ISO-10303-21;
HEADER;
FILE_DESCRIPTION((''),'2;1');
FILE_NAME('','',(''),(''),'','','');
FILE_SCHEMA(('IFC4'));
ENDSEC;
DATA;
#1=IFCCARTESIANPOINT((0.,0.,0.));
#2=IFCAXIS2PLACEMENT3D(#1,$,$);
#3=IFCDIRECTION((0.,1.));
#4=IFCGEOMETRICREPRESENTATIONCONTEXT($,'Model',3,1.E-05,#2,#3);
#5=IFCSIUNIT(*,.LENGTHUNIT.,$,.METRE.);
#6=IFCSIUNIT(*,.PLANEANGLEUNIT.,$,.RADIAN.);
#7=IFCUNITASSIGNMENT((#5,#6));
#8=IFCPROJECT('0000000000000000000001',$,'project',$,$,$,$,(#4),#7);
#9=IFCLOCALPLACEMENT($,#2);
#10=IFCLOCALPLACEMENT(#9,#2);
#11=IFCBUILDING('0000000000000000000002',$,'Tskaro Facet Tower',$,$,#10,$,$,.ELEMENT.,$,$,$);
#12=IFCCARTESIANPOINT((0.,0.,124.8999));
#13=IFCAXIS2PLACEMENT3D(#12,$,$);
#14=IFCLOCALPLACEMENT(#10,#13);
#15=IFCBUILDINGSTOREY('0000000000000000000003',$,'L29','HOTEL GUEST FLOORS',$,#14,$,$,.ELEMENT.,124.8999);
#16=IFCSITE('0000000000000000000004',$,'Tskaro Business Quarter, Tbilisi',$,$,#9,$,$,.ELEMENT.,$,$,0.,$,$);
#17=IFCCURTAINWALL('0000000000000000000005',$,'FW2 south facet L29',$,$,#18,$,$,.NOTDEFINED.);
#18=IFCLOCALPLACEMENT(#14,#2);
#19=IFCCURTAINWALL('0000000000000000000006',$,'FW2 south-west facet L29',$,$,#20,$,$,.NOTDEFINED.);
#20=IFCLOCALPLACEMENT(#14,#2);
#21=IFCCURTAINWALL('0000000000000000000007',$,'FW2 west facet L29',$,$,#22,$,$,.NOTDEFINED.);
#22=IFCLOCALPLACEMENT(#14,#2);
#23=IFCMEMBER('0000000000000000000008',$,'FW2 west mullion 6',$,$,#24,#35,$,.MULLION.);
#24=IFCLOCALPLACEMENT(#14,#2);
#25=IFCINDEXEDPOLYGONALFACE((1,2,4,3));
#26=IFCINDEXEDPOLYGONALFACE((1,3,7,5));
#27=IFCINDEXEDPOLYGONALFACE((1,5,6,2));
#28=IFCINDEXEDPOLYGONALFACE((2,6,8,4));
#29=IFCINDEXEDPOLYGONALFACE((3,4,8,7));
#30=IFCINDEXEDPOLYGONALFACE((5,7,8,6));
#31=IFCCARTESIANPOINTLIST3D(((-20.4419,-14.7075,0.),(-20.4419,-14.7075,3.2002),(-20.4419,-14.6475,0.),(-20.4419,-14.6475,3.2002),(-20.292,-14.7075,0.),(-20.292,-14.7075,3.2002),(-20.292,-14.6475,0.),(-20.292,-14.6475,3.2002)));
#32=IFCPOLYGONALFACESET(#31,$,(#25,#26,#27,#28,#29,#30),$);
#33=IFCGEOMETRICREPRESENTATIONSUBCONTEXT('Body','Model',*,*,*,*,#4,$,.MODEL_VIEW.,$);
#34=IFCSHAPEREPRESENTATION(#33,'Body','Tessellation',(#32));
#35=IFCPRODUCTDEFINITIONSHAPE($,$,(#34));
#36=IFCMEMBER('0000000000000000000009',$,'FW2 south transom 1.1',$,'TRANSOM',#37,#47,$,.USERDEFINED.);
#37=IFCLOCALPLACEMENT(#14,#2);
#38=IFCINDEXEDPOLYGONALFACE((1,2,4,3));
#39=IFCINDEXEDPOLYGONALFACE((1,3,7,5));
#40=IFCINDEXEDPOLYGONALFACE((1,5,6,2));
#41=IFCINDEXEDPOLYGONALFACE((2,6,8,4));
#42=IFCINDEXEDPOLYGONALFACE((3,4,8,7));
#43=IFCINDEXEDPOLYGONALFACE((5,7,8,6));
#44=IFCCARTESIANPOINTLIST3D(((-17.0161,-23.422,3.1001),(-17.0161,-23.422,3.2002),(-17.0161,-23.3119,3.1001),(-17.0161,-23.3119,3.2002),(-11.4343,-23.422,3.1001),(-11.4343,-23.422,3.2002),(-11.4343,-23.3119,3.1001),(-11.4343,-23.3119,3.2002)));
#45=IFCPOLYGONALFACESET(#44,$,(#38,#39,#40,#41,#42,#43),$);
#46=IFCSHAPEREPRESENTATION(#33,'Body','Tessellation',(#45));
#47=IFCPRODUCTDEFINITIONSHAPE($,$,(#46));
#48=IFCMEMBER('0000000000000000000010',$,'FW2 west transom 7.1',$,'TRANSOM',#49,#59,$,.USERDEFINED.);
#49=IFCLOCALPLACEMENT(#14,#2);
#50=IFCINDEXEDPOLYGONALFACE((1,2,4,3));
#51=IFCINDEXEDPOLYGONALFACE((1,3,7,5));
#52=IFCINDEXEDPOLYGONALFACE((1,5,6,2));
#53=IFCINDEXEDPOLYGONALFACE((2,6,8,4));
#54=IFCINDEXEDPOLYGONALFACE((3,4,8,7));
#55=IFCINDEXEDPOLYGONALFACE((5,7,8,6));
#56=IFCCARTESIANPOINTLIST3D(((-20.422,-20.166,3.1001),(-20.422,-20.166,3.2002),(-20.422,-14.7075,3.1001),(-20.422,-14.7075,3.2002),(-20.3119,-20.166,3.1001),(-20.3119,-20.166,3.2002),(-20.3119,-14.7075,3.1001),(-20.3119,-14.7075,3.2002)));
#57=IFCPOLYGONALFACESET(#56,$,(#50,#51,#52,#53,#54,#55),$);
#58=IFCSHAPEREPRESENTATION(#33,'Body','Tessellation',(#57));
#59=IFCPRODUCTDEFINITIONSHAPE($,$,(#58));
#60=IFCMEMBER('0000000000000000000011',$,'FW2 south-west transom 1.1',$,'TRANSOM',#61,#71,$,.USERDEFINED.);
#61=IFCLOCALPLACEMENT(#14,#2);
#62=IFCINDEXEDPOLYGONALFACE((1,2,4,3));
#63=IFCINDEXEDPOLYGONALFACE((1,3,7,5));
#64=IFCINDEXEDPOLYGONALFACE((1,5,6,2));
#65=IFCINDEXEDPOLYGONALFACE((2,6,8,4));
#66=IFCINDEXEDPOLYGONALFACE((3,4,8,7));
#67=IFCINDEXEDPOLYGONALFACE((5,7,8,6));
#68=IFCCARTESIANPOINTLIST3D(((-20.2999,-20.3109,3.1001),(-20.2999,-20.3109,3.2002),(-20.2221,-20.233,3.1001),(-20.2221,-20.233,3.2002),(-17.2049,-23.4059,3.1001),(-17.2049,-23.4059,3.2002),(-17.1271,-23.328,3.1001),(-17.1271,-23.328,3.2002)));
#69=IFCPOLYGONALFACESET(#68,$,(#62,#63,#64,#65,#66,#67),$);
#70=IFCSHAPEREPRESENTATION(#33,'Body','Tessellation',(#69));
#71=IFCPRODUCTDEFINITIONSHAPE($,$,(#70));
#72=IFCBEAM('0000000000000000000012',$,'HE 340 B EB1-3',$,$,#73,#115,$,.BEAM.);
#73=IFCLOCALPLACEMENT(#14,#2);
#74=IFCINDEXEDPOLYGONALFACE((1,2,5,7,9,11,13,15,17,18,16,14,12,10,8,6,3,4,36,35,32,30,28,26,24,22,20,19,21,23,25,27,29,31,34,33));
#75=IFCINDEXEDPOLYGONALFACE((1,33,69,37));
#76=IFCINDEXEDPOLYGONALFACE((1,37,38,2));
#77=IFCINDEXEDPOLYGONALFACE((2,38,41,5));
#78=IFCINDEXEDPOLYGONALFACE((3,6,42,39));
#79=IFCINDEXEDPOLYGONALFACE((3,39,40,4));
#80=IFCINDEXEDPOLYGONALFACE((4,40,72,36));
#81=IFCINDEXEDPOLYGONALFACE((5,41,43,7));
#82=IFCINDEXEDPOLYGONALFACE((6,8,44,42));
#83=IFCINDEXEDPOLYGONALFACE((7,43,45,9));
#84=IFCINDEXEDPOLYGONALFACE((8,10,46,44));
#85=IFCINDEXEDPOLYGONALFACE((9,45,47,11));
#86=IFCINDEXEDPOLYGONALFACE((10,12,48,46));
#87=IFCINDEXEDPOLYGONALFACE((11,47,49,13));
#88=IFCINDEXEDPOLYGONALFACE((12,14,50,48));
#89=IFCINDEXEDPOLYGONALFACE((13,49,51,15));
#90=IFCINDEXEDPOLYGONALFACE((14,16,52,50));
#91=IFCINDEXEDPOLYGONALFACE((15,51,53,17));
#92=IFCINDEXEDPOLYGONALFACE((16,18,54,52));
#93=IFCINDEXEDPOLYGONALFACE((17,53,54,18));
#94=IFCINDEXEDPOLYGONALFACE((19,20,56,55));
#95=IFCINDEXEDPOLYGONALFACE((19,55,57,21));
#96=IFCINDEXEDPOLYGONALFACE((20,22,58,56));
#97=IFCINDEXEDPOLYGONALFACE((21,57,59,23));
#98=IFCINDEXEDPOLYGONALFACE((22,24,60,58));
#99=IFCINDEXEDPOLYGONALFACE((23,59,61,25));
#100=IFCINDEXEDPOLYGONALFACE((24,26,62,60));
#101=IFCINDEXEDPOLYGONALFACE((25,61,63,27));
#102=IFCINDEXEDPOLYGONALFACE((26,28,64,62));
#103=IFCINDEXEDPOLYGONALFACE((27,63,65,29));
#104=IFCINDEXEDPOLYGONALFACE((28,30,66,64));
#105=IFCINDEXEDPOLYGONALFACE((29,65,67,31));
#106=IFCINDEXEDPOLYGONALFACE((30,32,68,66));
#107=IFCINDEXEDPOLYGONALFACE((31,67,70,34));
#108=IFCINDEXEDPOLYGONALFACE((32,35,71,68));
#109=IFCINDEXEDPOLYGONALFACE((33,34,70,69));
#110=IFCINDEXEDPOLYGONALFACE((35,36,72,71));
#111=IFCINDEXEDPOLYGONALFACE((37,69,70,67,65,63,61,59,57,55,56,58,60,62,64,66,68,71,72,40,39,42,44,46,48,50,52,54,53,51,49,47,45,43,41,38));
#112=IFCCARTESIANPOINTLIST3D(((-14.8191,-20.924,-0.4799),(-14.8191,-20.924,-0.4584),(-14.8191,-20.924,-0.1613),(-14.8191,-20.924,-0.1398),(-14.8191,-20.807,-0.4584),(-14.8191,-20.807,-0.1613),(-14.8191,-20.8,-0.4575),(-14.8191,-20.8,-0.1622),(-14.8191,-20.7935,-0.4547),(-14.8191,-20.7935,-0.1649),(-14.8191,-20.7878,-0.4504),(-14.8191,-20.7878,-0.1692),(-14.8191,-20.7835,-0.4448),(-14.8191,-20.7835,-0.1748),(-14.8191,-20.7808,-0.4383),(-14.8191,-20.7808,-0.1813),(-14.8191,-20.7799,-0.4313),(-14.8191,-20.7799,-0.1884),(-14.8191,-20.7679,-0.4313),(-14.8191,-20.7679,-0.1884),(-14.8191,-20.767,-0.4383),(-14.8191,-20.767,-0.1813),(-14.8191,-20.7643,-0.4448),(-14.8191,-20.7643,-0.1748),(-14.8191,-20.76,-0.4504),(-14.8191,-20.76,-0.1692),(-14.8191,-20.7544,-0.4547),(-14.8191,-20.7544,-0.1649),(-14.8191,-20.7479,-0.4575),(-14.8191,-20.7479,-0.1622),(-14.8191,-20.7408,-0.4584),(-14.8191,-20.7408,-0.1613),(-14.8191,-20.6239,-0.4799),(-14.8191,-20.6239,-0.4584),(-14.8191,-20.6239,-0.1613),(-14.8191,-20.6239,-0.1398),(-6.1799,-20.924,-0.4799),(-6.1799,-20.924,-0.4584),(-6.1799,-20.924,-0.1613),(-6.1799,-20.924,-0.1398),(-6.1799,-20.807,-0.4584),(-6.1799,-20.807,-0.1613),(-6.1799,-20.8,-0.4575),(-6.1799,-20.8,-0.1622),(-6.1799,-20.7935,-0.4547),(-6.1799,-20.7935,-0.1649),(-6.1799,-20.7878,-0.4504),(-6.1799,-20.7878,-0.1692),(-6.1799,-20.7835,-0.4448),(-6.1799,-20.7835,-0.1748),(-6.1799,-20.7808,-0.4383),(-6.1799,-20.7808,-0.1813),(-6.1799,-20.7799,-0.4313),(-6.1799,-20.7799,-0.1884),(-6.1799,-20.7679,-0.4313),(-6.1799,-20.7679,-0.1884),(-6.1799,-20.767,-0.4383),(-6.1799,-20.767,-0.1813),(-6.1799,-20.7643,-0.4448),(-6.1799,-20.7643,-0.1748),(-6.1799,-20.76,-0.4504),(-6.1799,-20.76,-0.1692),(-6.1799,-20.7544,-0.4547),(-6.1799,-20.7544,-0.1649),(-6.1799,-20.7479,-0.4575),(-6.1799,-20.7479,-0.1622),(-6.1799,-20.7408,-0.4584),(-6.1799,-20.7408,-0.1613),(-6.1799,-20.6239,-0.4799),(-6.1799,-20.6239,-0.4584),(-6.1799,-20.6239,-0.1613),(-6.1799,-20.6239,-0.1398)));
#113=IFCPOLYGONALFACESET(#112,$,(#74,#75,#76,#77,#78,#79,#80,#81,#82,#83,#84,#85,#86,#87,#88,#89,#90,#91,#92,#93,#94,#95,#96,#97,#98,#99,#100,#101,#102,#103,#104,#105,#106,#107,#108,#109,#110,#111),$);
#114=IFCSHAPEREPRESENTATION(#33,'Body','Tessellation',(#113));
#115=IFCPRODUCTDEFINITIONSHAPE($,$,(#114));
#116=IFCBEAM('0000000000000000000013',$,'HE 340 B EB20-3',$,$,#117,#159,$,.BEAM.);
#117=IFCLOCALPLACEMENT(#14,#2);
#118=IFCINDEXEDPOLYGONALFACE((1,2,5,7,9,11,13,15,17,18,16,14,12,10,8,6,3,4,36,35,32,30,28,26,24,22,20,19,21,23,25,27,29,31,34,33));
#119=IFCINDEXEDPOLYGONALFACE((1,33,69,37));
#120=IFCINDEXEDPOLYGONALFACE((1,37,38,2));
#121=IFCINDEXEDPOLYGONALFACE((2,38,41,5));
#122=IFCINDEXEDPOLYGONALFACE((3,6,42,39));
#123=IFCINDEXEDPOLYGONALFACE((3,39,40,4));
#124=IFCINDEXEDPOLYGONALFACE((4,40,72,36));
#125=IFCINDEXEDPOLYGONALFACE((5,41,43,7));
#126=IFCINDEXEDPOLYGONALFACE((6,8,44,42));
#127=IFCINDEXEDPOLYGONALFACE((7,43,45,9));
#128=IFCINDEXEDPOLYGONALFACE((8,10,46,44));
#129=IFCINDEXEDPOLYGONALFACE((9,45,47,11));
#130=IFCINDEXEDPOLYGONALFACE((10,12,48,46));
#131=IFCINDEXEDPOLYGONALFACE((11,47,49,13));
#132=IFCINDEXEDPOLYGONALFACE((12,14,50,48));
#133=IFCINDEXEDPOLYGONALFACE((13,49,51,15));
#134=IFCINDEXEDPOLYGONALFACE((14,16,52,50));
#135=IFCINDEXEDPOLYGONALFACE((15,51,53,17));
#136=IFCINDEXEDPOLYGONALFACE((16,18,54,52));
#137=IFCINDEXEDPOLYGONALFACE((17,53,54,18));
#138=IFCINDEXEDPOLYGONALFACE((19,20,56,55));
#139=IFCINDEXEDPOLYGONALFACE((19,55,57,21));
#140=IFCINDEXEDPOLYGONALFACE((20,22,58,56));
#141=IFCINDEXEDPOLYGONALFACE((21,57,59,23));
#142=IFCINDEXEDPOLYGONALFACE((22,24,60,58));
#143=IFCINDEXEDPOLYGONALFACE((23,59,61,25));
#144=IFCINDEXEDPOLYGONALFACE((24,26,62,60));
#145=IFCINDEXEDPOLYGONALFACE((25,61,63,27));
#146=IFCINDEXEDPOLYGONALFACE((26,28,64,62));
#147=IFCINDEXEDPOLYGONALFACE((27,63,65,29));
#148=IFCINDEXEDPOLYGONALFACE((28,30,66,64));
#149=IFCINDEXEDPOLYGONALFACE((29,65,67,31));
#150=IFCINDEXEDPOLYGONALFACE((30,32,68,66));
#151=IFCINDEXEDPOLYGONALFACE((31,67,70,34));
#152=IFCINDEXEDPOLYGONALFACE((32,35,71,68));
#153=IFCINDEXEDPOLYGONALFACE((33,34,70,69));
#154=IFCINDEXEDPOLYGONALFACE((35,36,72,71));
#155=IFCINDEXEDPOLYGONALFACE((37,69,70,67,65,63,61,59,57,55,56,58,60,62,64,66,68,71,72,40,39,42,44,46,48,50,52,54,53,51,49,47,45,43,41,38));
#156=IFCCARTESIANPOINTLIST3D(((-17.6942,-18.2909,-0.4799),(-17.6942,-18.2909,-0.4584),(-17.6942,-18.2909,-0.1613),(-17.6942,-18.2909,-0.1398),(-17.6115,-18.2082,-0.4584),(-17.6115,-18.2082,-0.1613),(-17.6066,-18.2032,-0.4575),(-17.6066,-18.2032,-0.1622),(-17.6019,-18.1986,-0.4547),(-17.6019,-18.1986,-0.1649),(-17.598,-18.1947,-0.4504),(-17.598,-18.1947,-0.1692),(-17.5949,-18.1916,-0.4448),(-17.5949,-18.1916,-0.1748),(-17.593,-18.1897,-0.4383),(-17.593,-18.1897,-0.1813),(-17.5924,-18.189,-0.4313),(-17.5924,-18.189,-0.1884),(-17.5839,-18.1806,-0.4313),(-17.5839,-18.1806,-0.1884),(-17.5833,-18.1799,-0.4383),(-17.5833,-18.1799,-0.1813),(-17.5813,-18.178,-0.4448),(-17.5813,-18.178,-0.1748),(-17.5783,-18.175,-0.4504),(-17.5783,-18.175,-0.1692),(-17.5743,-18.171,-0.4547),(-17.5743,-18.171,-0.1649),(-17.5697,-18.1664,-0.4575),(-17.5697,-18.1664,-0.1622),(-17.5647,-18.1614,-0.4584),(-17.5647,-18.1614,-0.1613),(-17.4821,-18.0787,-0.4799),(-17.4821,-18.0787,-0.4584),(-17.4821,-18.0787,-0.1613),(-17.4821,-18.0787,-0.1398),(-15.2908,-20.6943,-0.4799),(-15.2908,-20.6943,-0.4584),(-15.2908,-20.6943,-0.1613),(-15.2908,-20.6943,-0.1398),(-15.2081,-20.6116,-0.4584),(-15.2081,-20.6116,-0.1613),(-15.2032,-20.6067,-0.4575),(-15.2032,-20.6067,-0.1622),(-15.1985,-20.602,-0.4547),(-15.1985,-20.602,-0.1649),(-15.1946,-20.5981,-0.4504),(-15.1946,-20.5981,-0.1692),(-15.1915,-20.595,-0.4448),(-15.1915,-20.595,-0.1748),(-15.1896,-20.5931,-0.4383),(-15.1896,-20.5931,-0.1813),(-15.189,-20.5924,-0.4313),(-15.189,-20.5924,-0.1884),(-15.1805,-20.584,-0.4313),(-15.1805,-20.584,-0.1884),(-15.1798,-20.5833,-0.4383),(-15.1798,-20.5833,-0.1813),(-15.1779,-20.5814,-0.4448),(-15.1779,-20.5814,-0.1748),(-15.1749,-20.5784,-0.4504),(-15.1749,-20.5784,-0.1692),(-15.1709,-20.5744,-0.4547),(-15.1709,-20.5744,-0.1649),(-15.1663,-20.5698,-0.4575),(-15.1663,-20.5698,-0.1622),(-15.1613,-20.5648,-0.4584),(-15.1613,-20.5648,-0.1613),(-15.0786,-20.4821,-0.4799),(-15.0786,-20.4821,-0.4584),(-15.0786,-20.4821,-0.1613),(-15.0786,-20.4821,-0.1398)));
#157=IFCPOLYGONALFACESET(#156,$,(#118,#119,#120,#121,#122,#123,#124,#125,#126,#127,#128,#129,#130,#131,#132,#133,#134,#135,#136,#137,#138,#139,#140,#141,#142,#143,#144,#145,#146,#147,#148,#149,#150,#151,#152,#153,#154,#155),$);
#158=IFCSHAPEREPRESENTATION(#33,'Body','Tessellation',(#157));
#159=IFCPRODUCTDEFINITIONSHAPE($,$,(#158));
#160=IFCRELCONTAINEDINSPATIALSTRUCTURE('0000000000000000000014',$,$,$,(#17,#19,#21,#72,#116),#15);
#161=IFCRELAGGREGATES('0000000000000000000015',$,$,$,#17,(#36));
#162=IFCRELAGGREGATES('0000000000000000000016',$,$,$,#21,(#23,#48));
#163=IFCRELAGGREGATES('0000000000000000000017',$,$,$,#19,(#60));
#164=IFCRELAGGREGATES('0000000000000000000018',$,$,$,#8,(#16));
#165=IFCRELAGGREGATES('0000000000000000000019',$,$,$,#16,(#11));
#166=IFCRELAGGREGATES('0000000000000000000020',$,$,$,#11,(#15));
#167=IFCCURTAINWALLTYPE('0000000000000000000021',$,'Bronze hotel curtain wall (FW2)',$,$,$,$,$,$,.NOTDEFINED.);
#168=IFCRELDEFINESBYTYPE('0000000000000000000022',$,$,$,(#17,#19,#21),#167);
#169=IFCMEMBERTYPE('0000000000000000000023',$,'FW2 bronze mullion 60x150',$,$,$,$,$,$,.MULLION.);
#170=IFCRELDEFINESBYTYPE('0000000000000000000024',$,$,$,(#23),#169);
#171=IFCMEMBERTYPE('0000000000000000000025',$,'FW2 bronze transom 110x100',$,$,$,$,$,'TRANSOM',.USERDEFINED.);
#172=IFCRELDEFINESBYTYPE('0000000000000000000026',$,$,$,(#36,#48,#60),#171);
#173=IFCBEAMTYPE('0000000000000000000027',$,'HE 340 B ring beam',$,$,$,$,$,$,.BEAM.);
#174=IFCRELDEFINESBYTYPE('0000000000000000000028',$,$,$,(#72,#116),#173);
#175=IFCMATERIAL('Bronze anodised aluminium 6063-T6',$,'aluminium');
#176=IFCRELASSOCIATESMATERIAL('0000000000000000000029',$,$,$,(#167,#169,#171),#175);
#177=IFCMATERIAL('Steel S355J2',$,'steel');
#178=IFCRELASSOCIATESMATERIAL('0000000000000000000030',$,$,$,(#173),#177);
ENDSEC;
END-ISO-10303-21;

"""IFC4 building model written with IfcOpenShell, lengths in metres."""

from ifc_helpers import new_model, si_unit, direction, frame, origin, origin_2d, place, context, subcontext, project, spatial, rectangle, i_section, extrude, material, material_profile, profile_set, type_object, element, aggregate, save


model = new_model("IFC4")

# Units and contexts
model_context = context("Model", 3, precision=1e-05, world=origin(), true_north=direction((0.0, 1.0)))
body_context = subcontext(model_context, "Body", "Model", "MODEL_VIEW")
ifc_project = project(units=[si_unit("LENGTHUNIT", "METRE"), si_unit("PLANEANGLEUNIT", "RADIAN")], contexts=[model_context])

# Site, building, storey
site_placement = place(None, origin())
site = spatial("IfcSite", under=ifc_project, at=site_placement, Name="Tskaro Business Quarter, Tbilisi", CompositionType="ELEMENT", RefElevation=0.0)
building_placement = place(site_placement, origin())
building = spatial("IfcBuilding", under=site, at=building_placement, Name="Tskaro Facet Tower", CompositionType="ELEMENT")
storey_placement = place(building_placement, frame((0.0, 0.0, 124.8999)))
storey = spatial("IfcBuildingStorey", under=building, at=storey_placement, Name="L29", Description="HOTEL GUEST FLOORS", CompositionType="ELEMENT", Elevation=124.8999)

# Curtain walls, member
ifc_material_1 = material(Name="Bronze anodised aluminium 6063-T6", Category="aluminium")
curtain_wall_type = type_object("IfcCurtainWallType", Name="Bronze hotel curtain wall (FW2)", PredefinedType="NOTDEFINED", material=ifc_material_1)
curtain_wall_1_placement = place(storey_placement, origin())
curtain_wall_1 = element("IfcCurtainWall", 1, at=curtain_wall_1_placement, inside=storey, type_object=curtain_wall_type, Name="FW2 south facet L29", PredefinedType="NOTDEFINED")
curtain_wall_2_placement = place(storey_placement, origin())
curtain_wall_2 = element("IfcCurtainWall", 2, at=curtain_wall_2_placement, inside=storey, type_object=curtain_wall_type, Name="FW2 south-west facet L29", PredefinedType="NOTDEFINED")
curtain_wall_3_placement = place(storey_placement, origin())
curtain_wall_3 = element("IfcCurtainWall", 3, at=curtain_wall_3_placement, inside=storey, type_object=curtain_wall_type, Name="FW2 west facet L29", PredefinedType="NOTDEFINED")
ifc_material_profile_1 = material_profile(ifc_material_1, rectangle(XDim=0.0601, YDim=0.1499, at=origin_2d()), Name="Mullion 60x150")
ifc_profile_set_1 = profile_set([ifc_material_profile_1], Name="Bronze anodised aluminium 6063-T6")
member_type_1 = type_object("IfcMemberType", Name="FW2 bronze mullion 60x150", PredefinedType="MULLION", material=ifc_profile_set_1)
member_1_placement = place(storey_placement, frame((-20.3669, -14.6775, 0.0), z_axis=(0.0, 0.0, 1.0), x_axis=(0.0, -1.0, 0.0)))
member_1 = element("IfcMember", 4, at=member_1_placement, type_object=member_type_1, Name="FW2 west mullion 6", PredefinedType="MULLION", context=body_context, shape_type="SweptSolid", body=[
    extrude(rectangle(XDim=0.0601, YDim=0.1499, at=origin_2d()), origin(), (0.0, 0.0, 1.0), 3.2002),
])

# Members
ifc_material_profile_2 = material_profile(ifc_material_1, rectangle(XDim=0.1101, YDim=0.1001, at=origin_2d()), Name="Transom 110x100")
ifc_profile_set_2 = profile_set([ifc_material_profile_2], Name="Bronze anodised aluminium 6063-T6")
member_type_2 = type_object("IfcMemberType", Name="FW2 bronze transom 110x100", ElementType="TRANSOM", PredefinedType="USERDEFINED", material=ifc_profile_set_2)
member_2_placement = place(storey_placement, frame((-17.0161, -23.3669, 3.1501), z_axis=(1.0, 0.0, 0.0), x_axis=(0.0, 1.0, 0.0)))
member_2 = element("IfcMember", 5, at=member_2_placement, type_object=member_type_2, Name="FW2 south transom 1.1", ObjectType="TRANSOM", PredefinedType="USERDEFINED", context=body_context, shape_type="SweptSolid", body=[
    extrude(rectangle(XDim=0.1101, YDim=0.1001, at=origin_2d()), origin(), (0.0, 0.0, 1.0), 5.5818),
])
member_3_placement = place(storey_placement, frame((-20.3669, -14.7075, 3.1501), z_axis=(0.0, -1.0, 0.0), x_axis=(1.0, 0.0, 0.0)))
member_3 = element("IfcMember", 6, at=member_3_placement, type_object=member_type_2, Name="FW2 west transom 7.1", ObjectType="TRANSOM", PredefinedType="USERDEFINED", context=body_context, shape_type="SweptSolid", body=[
    extrude(rectangle(XDim=0.1101, YDim=0.1001, at=origin_2d()), origin(), (0.0, 0.0, 1.0), 5.4585),
])
member_4_placement = place(storey_placement, frame((-20.261, -20.272, 3.1501), z_axis=(0.707107, -0.707107, 0.0), x_axis=(0.707107, 0.707107, 0.0)))
member_4 = element("IfcMember", 7, at=member_4_placement, type_object=member_type_2, Name="FW2 south-west transom 1.1", ObjectType="TRANSOM", PredefinedType="USERDEFINED", context=body_context, shape_type="SweptSolid", body=[
    extrude(rectangle(XDim=0.1101, YDim=0.1001, at=origin_2d()), origin(), (0.0, 0.0, 1.0), 4.377),
])

# Beams
ifc_material_2 = material(Name="Steel S355J2", Category="steel")
ifc_material_profile_3 = material_profile(ifc_material_2, i_section(OverallWidth=0.3, OverallDepth=0.3401, WebThickness=0.012, FlangeThickness=0.0215, FilletRadius=0.0271, at=origin_2d()), Name="HE 340 B")
ifc_profile_set_3 = profile_set([ifc_material_profile_3], Name="Steel S355J2")
beam_type_1 = type_object("IfcBeamType", Name="HE 340 B ring beam", PredefinedType="BEAM", material=ifc_profile_set_3)
beam_1_placement = place(storey_placement, frame((-14.8191, -20.7739, -0.3098), z_axis=(1.0, 0.0, 0.0), x_axis=(0.0, 1.0, 0.0)))
element("IfcBeam", 8, at=beam_1_placement, inside=storey, type_object=beam_type_1, Name="HE 340 B EB1-3", PredefinedType="BEAM", context=body_context, shape_type="SweptSolid", body=[
    extrude(i_section(OverallWidth=0.3, OverallDepth=0.3401, WebThickness=0.012, FlangeThickness=0.0215, FilletRadius=0.0271, at=origin_2d()), origin(), (0.0, 0.0, 1.0), 8.6392),
])
beam_2_placement = place(storey_placement, frame((-17.5881, -18.1848, -0.3098), z_axis=(0.707107, -0.707107, 0.0), x_axis=(0.707107, 0.707107, 0.0)))
element("IfcBeam", 9, at=beam_2_placement, inside=storey, type_object=beam_type_1, Name="HE 340 B EB20-3", PredefinedType="BEAM", context=body_context, shape_type="SweptSolid", body=[
    extrude(i_section(OverallWidth=0.3, OverallDepth=0.3401, WebThickness=0.012, FlangeThickness=0.0215, FilletRadius=0.0271, at=origin_2d()), origin(), (0.0, 0.0, 1.0), 3.3989),
])

aggregate(curtain_wall_1, [member_2])
aggregate(curtain_wall_3, [member_1, member_3])
aggregate(curtain_wall_2, [member_4])

save(model, "model.ifc")
